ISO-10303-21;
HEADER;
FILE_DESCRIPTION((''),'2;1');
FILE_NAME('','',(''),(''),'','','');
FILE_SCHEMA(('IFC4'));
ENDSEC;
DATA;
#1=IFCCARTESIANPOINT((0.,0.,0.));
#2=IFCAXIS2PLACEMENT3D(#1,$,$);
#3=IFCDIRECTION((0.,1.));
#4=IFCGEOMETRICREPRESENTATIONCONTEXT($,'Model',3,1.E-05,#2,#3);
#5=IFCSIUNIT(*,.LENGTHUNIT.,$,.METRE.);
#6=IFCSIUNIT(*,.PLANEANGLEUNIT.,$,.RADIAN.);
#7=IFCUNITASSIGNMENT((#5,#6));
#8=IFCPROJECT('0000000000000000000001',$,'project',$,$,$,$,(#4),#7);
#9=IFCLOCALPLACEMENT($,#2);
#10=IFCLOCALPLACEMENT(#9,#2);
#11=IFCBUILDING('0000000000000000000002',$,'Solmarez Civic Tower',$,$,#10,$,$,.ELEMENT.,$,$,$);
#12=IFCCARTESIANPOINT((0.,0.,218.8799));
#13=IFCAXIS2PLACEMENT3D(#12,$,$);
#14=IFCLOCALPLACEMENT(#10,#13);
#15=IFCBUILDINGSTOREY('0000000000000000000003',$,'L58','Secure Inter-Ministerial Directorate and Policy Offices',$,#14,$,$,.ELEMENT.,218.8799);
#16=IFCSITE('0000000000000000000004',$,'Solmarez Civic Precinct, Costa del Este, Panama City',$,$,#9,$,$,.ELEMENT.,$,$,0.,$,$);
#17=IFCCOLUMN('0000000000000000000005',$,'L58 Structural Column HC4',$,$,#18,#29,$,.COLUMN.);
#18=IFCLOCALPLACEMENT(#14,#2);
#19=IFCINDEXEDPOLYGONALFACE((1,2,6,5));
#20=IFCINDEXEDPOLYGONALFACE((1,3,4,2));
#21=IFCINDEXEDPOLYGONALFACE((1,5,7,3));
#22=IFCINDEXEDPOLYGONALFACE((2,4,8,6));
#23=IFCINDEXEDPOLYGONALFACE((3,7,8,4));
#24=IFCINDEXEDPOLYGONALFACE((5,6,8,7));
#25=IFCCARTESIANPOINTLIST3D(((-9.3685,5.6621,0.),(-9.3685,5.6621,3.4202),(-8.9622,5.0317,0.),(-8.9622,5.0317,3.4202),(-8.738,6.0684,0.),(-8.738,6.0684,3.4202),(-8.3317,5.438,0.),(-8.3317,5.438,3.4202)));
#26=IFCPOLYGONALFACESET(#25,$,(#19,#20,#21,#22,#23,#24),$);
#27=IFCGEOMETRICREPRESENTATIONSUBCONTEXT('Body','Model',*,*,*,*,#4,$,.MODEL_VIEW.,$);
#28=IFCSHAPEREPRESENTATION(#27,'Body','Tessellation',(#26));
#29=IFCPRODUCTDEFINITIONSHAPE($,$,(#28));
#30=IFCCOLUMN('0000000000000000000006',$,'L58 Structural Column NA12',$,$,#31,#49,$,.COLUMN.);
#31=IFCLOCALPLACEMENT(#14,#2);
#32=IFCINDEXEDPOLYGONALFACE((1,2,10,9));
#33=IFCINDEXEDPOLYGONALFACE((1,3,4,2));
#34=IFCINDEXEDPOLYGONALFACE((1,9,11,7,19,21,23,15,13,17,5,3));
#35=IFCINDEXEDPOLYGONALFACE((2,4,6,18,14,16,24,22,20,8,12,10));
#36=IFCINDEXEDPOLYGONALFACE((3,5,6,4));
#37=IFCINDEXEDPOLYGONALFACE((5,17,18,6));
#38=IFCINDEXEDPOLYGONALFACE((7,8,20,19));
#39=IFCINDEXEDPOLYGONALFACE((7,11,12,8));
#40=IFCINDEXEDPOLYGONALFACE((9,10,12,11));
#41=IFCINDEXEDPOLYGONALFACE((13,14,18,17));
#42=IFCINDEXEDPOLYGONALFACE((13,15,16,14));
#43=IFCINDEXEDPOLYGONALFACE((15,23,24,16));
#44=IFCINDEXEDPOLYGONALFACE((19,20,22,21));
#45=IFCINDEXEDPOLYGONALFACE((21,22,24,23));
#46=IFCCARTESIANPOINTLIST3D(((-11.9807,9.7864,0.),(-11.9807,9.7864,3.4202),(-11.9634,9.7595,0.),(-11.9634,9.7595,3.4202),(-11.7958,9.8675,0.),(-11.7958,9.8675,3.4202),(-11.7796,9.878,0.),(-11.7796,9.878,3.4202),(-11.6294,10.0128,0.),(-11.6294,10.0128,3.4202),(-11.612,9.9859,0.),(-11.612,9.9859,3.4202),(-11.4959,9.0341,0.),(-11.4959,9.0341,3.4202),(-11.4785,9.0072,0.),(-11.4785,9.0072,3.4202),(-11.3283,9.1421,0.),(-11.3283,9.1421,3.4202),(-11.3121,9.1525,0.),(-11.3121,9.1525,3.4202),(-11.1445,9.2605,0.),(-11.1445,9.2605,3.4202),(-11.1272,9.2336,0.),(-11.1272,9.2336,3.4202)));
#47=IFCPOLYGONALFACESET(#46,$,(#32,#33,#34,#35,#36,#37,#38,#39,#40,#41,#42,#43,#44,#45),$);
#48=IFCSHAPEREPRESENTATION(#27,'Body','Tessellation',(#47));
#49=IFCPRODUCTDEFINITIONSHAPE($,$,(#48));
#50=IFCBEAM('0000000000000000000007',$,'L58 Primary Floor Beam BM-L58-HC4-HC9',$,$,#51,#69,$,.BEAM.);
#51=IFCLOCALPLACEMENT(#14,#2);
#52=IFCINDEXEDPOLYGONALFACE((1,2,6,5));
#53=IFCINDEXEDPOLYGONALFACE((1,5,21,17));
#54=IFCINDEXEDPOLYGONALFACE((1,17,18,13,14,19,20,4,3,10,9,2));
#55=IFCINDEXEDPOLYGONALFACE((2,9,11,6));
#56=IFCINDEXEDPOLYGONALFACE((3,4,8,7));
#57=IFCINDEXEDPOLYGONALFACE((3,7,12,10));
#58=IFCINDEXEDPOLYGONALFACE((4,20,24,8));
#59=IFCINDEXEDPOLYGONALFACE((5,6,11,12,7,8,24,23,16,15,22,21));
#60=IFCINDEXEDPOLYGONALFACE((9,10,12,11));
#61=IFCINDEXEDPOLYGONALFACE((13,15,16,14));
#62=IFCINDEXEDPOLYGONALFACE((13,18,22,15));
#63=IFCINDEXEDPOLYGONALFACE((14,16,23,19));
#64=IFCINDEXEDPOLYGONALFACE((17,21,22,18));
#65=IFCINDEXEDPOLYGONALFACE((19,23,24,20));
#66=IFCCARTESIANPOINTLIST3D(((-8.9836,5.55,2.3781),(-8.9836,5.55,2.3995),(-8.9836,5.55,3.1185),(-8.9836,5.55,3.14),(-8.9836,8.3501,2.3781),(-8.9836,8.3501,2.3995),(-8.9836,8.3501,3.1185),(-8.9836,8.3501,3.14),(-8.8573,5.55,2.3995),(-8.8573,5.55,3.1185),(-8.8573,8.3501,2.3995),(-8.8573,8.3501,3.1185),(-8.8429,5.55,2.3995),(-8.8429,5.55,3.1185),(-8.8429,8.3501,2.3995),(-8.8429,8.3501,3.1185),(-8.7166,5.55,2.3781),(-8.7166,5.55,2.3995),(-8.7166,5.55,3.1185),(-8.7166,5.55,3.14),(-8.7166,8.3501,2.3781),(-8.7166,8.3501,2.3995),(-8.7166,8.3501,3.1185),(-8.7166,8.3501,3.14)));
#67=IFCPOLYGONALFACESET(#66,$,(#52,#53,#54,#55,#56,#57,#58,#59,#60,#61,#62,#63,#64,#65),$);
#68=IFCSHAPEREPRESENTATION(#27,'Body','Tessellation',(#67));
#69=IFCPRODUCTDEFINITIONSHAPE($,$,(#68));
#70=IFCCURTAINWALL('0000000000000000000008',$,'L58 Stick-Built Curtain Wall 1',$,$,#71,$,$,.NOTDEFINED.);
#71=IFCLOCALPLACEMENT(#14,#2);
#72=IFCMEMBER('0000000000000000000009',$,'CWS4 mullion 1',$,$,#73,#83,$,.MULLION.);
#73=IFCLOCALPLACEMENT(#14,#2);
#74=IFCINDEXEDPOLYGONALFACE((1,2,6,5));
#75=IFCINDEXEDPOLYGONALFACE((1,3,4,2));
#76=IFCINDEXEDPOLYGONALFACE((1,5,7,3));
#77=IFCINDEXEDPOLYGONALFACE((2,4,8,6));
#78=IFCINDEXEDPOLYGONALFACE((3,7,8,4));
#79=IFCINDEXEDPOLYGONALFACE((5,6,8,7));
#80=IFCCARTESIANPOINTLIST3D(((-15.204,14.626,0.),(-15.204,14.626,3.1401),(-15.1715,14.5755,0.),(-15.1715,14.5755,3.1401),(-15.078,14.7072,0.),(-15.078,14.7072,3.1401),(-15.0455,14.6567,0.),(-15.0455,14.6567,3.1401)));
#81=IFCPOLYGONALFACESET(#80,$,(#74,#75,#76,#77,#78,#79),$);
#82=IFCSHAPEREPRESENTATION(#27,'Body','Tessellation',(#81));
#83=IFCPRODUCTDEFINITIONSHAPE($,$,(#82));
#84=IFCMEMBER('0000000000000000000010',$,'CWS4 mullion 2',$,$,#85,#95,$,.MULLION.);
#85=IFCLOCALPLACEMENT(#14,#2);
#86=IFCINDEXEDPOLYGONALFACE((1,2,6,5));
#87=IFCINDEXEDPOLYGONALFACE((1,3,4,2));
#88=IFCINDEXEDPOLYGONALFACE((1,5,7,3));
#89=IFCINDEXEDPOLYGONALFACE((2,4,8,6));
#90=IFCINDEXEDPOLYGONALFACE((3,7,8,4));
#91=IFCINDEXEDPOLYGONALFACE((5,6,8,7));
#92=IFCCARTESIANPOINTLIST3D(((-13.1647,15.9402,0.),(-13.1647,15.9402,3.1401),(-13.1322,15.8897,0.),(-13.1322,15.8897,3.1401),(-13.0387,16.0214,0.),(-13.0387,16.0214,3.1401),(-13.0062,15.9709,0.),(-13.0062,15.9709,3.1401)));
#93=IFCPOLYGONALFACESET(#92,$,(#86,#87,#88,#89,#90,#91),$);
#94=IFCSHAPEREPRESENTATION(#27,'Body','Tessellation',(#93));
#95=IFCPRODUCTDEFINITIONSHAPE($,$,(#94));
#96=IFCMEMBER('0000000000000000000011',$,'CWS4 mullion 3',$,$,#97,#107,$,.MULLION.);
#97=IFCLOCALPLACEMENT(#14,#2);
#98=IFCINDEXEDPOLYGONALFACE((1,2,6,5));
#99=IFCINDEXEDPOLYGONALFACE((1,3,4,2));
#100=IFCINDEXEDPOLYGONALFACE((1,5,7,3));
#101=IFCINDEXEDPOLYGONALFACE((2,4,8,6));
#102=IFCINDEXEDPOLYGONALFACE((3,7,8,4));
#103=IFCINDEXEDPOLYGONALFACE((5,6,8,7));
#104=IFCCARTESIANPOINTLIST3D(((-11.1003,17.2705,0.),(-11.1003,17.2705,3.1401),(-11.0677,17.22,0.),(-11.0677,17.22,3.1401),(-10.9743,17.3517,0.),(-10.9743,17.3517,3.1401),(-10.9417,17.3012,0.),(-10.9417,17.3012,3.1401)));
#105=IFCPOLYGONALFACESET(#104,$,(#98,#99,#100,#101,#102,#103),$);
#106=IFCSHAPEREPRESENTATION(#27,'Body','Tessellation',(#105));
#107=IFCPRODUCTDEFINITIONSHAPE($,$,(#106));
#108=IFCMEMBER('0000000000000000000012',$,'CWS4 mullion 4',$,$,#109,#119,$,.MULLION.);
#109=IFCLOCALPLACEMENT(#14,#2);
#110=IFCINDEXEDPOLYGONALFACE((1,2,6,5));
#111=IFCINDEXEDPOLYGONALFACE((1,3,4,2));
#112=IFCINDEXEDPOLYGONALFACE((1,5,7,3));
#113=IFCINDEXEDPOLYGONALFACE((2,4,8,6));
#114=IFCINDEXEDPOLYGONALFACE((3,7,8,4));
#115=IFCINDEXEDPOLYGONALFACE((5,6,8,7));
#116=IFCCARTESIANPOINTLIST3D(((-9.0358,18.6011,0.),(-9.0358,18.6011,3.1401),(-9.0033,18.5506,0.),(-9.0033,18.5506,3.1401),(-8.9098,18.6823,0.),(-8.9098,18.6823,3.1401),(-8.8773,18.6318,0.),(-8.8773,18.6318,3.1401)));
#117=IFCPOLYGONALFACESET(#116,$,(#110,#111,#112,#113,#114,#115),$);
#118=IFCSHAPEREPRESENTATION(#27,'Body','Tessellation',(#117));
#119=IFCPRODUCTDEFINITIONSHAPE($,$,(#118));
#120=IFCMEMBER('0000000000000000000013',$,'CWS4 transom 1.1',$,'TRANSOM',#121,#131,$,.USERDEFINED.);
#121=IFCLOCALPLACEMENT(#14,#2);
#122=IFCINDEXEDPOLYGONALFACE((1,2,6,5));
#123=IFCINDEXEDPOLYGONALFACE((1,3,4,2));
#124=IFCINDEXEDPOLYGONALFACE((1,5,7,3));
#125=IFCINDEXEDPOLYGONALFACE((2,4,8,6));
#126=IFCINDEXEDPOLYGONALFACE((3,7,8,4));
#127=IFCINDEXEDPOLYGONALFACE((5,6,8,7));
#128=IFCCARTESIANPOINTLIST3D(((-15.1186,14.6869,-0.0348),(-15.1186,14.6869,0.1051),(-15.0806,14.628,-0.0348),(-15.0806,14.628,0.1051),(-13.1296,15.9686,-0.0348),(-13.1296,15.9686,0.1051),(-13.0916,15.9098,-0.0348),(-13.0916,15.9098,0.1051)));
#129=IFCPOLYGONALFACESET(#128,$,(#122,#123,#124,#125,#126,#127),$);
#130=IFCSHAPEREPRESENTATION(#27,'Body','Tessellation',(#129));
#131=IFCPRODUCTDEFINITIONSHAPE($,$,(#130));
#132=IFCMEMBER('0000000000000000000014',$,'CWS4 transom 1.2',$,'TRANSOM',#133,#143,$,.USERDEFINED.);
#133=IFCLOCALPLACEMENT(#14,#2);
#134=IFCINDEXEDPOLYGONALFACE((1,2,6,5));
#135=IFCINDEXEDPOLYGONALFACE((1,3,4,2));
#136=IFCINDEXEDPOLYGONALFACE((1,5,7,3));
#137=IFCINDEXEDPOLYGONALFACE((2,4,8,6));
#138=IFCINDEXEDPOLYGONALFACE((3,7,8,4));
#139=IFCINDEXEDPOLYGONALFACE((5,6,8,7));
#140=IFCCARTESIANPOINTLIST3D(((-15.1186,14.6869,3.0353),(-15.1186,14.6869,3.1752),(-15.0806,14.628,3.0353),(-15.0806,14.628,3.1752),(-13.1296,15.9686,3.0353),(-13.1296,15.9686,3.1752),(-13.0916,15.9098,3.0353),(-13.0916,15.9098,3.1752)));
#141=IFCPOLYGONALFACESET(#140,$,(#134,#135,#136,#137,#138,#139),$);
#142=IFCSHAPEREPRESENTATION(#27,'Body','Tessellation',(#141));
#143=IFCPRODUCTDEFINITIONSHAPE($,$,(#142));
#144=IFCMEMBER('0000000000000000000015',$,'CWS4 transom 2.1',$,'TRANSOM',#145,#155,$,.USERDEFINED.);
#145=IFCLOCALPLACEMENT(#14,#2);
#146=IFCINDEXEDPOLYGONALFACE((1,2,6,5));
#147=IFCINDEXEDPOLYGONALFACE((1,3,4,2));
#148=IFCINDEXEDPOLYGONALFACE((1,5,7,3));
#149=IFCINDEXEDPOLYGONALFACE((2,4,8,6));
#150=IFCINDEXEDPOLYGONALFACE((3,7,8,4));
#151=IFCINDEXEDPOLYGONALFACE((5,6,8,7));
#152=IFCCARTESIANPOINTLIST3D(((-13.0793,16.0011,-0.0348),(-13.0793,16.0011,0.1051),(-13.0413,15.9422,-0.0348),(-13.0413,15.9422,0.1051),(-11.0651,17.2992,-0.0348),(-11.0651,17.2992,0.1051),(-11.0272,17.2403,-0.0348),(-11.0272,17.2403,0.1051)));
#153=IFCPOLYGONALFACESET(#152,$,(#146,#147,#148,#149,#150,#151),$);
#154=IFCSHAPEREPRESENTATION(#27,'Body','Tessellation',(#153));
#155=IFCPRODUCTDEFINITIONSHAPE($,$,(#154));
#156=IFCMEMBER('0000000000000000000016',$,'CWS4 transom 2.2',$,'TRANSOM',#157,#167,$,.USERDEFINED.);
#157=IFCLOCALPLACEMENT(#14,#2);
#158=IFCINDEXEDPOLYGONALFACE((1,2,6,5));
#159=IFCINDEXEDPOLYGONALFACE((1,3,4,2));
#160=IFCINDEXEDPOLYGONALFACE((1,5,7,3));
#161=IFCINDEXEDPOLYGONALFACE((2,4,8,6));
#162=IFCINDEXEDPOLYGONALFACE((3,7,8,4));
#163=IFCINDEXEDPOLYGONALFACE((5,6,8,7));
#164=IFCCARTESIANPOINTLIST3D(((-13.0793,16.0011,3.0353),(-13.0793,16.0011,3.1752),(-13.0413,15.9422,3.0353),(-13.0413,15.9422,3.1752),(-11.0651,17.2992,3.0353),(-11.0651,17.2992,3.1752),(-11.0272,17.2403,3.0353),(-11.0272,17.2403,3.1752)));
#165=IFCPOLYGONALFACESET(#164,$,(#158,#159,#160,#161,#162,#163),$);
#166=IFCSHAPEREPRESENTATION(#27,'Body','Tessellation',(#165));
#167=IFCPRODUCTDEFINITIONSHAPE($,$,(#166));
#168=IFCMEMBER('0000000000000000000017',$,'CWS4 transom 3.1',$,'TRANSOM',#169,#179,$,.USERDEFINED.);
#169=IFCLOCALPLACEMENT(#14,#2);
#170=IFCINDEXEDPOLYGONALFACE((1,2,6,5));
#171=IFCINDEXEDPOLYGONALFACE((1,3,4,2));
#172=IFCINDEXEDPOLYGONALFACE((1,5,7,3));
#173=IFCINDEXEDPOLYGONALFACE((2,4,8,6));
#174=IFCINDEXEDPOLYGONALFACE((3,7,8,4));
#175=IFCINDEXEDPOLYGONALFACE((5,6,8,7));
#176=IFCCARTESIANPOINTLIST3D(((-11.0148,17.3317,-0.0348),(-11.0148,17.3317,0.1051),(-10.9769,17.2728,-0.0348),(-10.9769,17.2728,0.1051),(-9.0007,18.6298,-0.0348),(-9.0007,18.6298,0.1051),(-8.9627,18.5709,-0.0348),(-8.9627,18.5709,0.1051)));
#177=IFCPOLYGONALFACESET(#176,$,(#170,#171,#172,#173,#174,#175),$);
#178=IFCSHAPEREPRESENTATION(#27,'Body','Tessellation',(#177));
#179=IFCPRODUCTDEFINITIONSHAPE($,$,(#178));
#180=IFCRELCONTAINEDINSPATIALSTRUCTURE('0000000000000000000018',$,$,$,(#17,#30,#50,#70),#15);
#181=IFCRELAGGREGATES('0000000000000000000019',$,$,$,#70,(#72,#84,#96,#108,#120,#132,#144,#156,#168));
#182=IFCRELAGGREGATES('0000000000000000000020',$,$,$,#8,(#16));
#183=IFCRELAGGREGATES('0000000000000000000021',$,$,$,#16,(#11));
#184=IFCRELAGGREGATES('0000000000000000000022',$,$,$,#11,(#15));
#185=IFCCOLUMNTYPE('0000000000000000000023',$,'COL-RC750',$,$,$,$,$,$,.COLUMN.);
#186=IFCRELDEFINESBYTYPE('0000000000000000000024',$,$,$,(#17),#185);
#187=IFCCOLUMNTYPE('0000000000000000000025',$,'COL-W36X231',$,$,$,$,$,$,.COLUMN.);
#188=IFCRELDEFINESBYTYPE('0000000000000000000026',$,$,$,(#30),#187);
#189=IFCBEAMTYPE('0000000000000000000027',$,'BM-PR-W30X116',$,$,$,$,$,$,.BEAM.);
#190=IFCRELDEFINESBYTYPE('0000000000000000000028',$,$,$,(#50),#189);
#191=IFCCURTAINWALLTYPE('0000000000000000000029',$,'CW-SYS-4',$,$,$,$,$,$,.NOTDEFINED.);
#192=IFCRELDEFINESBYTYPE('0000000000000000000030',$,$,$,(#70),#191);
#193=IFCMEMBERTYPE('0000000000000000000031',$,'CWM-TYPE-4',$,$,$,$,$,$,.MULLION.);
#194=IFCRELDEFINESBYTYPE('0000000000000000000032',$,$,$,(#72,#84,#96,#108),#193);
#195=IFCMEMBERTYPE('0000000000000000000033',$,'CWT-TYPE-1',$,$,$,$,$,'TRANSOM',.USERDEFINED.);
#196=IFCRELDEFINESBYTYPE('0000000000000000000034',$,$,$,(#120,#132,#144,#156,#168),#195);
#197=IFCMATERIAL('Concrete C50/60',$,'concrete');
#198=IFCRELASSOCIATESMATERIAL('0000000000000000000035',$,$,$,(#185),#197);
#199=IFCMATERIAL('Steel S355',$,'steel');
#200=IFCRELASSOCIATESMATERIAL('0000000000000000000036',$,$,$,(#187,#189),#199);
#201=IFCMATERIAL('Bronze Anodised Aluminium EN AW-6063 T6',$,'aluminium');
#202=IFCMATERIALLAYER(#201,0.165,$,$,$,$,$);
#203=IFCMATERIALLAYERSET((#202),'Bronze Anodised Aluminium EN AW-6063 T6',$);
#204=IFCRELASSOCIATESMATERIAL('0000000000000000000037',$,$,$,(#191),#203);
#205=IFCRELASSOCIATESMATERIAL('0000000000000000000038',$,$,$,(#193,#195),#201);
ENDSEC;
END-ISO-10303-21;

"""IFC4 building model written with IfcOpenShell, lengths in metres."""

from ifc_helpers import new_model, si_unit, direction, frame, origin, origin_2d, place, context, subcontext, project, spatial, rectangle, i_section, extrude, material, layer, layer_set, material_profile, profile_set, type_object, element, aggregate, save


model = new_model("IFC4")

# Units and contexts
model_context = context("Model", 3, precision=1e-05, world=origin(), true_north=direction((0.0, 1.0)))
body_context = subcontext(model_context, "Body", "Model", "MODEL_VIEW")
ifc_project = project(units=[si_unit("LENGTHUNIT", "METRE"), si_unit("PLANEANGLEUNIT", "RADIAN")], contexts=[model_context])

# Site, building, storey
site_placement = place(None, origin())
site = spatial("IfcSite", under=ifc_project, at=site_placement, Name="Solmarez Civic Precinct, Costa del Este, Panama City", CompositionType="ELEMENT", RefElevation=0.0)
building_placement = place(site_placement, origin())
building = spatial("IfcBuilding", under=site, at=building_placement, Name="Solmarez Civic Tower", CompositionType="ELEMENT")
storey_placement = place(building_placement, frame((0.0, 0.0, 218.8799)))
storey = spatial("IfcBuildingStorey", under=building, at=storey_placement, Name="L58", Description="Secure Inter-Ministerial Directorate and Policy Offices", CompositionType="ELEMENT", Elevation=218.8799)

# Columns
ifc_material_1 = material(Name="Concrete C50/60", Category="concrete")
ifc_material_profile_1 = material_profile(ifc_material_1, rectangle(XDim=0.75, YDim=0.75, at=origin_2d()), Name="RC750X750")
ifc_profile_set_1 = profile_set([ifc_material_profile_1], Name="Concrete C50/60")
column_type_1 = type_object("IfcColumnType", Name="COL-RC750", PredefinedType="COLUMN", material=ifc_profile_set_1)
column_1_placement = place(storey_placement, frame((-8.8501, 5.55, 0.0), z_axis=(0.0, 0.0, 1.0), x_axis=(0.840567, 0.541708, 0.0)))
element("IfcColumn", 1, at=column_1_placement, inside=storey, type_object=column_type_1, Name="L58 Structural Column HC4", PredefinedType="COLUMN", context=body_context, shape_type="SweptSolid", body=[
    extrude(rectangle(XDim=0.75, YDim=0.75, at=origin_2d()), origin(), (0.0, 0.0, 1.0), 3.4202),
])
ifc_material_2 = material(Name="Steel S355", Category="steel")
ifc_material_profile_2 = material_profile(ifc_material_2, i_section(OverallWidth=0.418, OverallDepth=0.927, WebThickness=0.0193, FlangeThickness=0.032, at=origin_2d()), Name="W36X231")
ifc_profile_set_2 = profile_set([ifc_material_profile_2], Name="Steel S355")
column_type_2 = type_object("IfcColumnType", Name="COL-W36X231", PredefinedType="COLUMN", material=ifc_profile_set_2)
column_2_placement = place(storey_placement, frame((-11.554, 9.51, 0.0), z_axis=(0.0, 0.0, 1.0), x_axis=(0.840567, 0.541708, 0.0)))
element("IfcColumn", 2, at=column_2_placement, inside=storey, type_object=column_type_2, Name="L58 Structural Column NA12", PredefinedType="COLUMN", context=body_context, shape_type="SweptSolid", body=[
    extrude(i_section(OverallWidth=0.418, OverallDepth=0.927, WebThickness=0.0193, FlangeThickness=0.032, at=origin_2d()), origin(), (0.0, 0.0, 1.0), 3.4202),
])

# Beam
ifc_material_profile_3 = material_profile(ifc_material_2, i_section(OverallWidth=0.2671, OverallDepth=0.762, WebThickness=0.0144, FlangeThickness=0.0215, at=origin_2d()), Name="W30X116")
ifc_profile_set_3 = profile_set([ifc_material_profile_3], Name="Steel S355")
beam_type = type_object("IfcBeamType", Name="BM-PR-W30X116", PredefinedType="BEAM", material=ifc_profile_set_3)
beam_placement = place(storey_placement, frame((-8.8501, 5.55, 2.759), z_axis=(0.0, 1.0, 0.0), x_axis=(-1.0, 0.0, 0.0)))
element("IfcBeam", 3, at=beam_placement, inside=storey, type_object=beam_type, Name="L58 Primary Floor Beam BM-L58-HC4-HC9", PredefinedType="BEAM", context=body_context, shape_type="SweptSolid", body=[
    extrude(i_section(OverallWidth=0.2671, OverallDepth=0.762, WebThickness=0.0144, FlangeThickness=0.0215, at=origin_2d()), origin(), (0.0, 0.0, 1.0), 2.8),
])

# Curtain wall, members
ifc_material_3 = material(Name="Bronze Anodised Aluminium EN AW-6063 T6", Category="aluminium")
ifc_layer_1 = layer(ifc_material_3, 0.165)
ifc_layer_set_1 = layer_set([ifc_layer_1], Name="Bronze Anodised Aluminium EN AW-6063 T6")
curtain_wall_type = type_object("IfcCurtainWallType", Name="CW-SYS-4", PredefinedType="NOTDEFINED", material=ifc_layer_set_1)
curtain_wall_placement = place(storey_placement, origin())
curtain_wall = element("IfcCurtainWall", 4, at=curtain_wall_placement, inside=storey, type_object=curtain_wall_type, Name="L58 Stick-Built Curtain Wall 1", PredefinedType="NOTDEFINED")
ifc_material_profile_4 = material_profile(ifc_material_3, rectangle(XDim=0.0601, YDim=0.1499, at=origin_2d()), Name="CWM-60X150")
ifc_profile_set_4 = profile_set([ifc_material_profile_4], Name="Bronze Anodised Aluminium EN AW-6063 T6")
member_type_1 = type_object("IfcMemberType", Name="CWM-TYPE-4", PredefinedType="MULLION", material=ifc_profile_set_4)
member_1_placement = place(storey_placement, frame((-15.1248, 14.6414, 0.0), z_axis=(0.0, 0.0, 1.0), x_axis=(-0.541714, 0.840563, 0.0)))
member_1 = element("IfcMember", 5, at=member_1_placement, type_object=member_type_1, Name="CWS4 mullion 1", PredefinedType="MULLION", context=body_context, shape_type="SweptSolid", body=[
    extrude(rectangle(XDim=0.0601, YDim=0.1499, at=origin_2d()), origin(), (0.0, 0.0, 1.0), 3.1401),
])
member_2_placement = place(storey_placement, frame((-13.0854, 15.9556, 0.0), z_axis=(0.0, 0.0, 1.0), x_axis=(-0.541714, 0.840563, 0.0)))
member_2 = element("IfcMember", 6, at=member_2_placement, type_object=member_type_1, Name="CWS4 mullion 2", PredefinedType="MULLION", context=body_context, shape_type="SweptSolid", body=[
    extrude(rectangle(XDim=0.0601, YDim=0.1499, at=origin_2d()), origin(), (0.0, 0.0, 1.0), 3.1401),
])
member_3_placement = place(storey_placement, frame((-11.021, 17.2859, 0.0), z_axis=(0.0, 0.0, 1.0), x_axis=(-0.541714, 0.840563, 0.0)))
member_3 = element("IfcMember", 7, at=member_3_placement, type_object=member_type_1, Name="CWS4 mullion 3", PredefinedType="MULLION", context=body_context, shape_type="SweptSolid", body=[
    extrude(rectangle(XDim=0.0601, YDim=0.1499, at=origin_2d()), origin(), (0.0, 0.0, 1.0), 3.1401),
])
member_4_placement = place(storey_placement, frame((-8.9565, 18.6165, 0.0), z_axis=(0.0, 0.0, 1.0), x_axis=(-0.541714, 0.840563, 0.0)))
member_4 = element("IfcMember", 8, at=member_4_placement, type_object=member_type_1, Name="CWS4 mullion 4", PredefinedType="MULLION", context=body_context, shape_type="SweptSolid", body=[
    extrude(rectangle(XDim=0.0601, YDim=0.1499, at=origin_2d()), origin(), (0.0, 0.0, 1.0), 3.1401),
])
ifc_material_profile_5 = material_profile(ifc_material_3, rectangle(XDim=0.0701, YDim=0.1399, at=origin_2d()), Name="CWT-70X140")
ifc_profile_set_5 = profile_set([ifc_material_profile_5], Name="Bronze Anodised Aluminium EN AW-6063 T6")
member_type_2 = type_object("IfcMemberType", Name="CWT-TYPE-1", ElementType="TRANSOM", PredefinedType="USERDEFINED", material=ifc_profile_set_5)
member_5_placement = place(storey_placement, frame((-15.0996, 14.6575, 0.0352), z_axis=(0.840585, 0.54168, 0.0), x_axis=(-0.54168, 0.840585, 0.0)))
member_5 = element("IfcMember", 9, at=member_5_placement, type_object=member_type_2, Name="CWS4 transom 1.1", ObjectType="TRANSOM", PredefinedType="USERDEFINED", context=body_context, shape_type="SweptSolid", body=[
    extrude(rectangle(XDim=0.0701, YDim=0.1399, at=origin_2d()), origin(), (0.0, 0.0, 1.0), 2.3662),
])
member_6_placement = place(storey_placement, frame((-15.0996, 14.6575, 3.1052), z_axis=(0.840585, 0.54168, 0.0), x_axis=(-0.54168, 0.840585, 0.0)))
member_6 = element("IfcMember", 10, at=member_6_placement, type_object=member_type_2, Name="CWS4 transom 1.2", ObjectType="TRANSOM", PredefinedType="USERDEFINED", context=body_context, shape_type="SweptSolid", body=[
    extrude(rectangle(XDim=0.0701, YDim=0.1399, at=origin_2d()), origin(), (0.0, 0.0, 1.0), 2.3662),
])
member_7_placement = place(storey_placement, frame((-13.0603, 15.9717, 0.0352), z_axis=(0.840556, 0.541725, 0.0), x_axis=(-0.541725, 0.840556, 0.0)))
member_7 = element("IfcMember", 11, at=member_7_placement, type_object=member_type_2, Name="CWS4 transom 2.1", ObjectType="TRANSOM", PredefinedType="USERDEFINED", context=body_context, shape_type="SweptSolid", body=[
    extrude(rectangle(XDim=0.0701, YDim=0.1399, at=origin_2d()), origin(), (0.0, 0.0, 1.0), 2.3962),
])
member_8_placement = place(storey_placement, frame((-13.0603, 15.9717, 3.1052), z_axis=(0.840556, 0.541725, 0.0), x_axis=(-0.541725, 0.840556, 0.0)))
member_8 = element("IfcMember", 12, at=member_8_placement, type_object=member_type_2, Name="CWS4 transom 2.2", ObjectType="TRANSOM", PredefinedType="USERDEFINED", context=body_context, shape_type="SweptSolid", body=[
    extrude(rectangle(XDim=0.0701, YDim=0.1399, at=origin_2d()), origin(), (0.0, 0.0, 1.0), 2.3962),
])
member_9_placement = place(storey_placement, frame((-10.9958, 17.3022, 0.0352), z_axis=(0.840556, 0.541725, 0.0), x_axis=(-0.541725, 0.840556, 0.0)))
member_9 = element("IfcMember", 13, at=member_9_placement, type_object=member_type_2, Name="CWS4 transom 3.1", ObjectType="TRANSOM", PredefinedType="USERDEFINED", context=body_context, shape_type="SweptSolid", body=[
    extrude(rectangle(XDim=0.0701, YDim=0.1399, at=origin_2d()), origin(), (0.0, 0.0, 1.0), 2.3962),
])
aggregate(curtain_wall, [member_1, member_2, member_3, member_4, member_5, member_6, member_7, member_8, member_9])

save(model, "model.ifc")
